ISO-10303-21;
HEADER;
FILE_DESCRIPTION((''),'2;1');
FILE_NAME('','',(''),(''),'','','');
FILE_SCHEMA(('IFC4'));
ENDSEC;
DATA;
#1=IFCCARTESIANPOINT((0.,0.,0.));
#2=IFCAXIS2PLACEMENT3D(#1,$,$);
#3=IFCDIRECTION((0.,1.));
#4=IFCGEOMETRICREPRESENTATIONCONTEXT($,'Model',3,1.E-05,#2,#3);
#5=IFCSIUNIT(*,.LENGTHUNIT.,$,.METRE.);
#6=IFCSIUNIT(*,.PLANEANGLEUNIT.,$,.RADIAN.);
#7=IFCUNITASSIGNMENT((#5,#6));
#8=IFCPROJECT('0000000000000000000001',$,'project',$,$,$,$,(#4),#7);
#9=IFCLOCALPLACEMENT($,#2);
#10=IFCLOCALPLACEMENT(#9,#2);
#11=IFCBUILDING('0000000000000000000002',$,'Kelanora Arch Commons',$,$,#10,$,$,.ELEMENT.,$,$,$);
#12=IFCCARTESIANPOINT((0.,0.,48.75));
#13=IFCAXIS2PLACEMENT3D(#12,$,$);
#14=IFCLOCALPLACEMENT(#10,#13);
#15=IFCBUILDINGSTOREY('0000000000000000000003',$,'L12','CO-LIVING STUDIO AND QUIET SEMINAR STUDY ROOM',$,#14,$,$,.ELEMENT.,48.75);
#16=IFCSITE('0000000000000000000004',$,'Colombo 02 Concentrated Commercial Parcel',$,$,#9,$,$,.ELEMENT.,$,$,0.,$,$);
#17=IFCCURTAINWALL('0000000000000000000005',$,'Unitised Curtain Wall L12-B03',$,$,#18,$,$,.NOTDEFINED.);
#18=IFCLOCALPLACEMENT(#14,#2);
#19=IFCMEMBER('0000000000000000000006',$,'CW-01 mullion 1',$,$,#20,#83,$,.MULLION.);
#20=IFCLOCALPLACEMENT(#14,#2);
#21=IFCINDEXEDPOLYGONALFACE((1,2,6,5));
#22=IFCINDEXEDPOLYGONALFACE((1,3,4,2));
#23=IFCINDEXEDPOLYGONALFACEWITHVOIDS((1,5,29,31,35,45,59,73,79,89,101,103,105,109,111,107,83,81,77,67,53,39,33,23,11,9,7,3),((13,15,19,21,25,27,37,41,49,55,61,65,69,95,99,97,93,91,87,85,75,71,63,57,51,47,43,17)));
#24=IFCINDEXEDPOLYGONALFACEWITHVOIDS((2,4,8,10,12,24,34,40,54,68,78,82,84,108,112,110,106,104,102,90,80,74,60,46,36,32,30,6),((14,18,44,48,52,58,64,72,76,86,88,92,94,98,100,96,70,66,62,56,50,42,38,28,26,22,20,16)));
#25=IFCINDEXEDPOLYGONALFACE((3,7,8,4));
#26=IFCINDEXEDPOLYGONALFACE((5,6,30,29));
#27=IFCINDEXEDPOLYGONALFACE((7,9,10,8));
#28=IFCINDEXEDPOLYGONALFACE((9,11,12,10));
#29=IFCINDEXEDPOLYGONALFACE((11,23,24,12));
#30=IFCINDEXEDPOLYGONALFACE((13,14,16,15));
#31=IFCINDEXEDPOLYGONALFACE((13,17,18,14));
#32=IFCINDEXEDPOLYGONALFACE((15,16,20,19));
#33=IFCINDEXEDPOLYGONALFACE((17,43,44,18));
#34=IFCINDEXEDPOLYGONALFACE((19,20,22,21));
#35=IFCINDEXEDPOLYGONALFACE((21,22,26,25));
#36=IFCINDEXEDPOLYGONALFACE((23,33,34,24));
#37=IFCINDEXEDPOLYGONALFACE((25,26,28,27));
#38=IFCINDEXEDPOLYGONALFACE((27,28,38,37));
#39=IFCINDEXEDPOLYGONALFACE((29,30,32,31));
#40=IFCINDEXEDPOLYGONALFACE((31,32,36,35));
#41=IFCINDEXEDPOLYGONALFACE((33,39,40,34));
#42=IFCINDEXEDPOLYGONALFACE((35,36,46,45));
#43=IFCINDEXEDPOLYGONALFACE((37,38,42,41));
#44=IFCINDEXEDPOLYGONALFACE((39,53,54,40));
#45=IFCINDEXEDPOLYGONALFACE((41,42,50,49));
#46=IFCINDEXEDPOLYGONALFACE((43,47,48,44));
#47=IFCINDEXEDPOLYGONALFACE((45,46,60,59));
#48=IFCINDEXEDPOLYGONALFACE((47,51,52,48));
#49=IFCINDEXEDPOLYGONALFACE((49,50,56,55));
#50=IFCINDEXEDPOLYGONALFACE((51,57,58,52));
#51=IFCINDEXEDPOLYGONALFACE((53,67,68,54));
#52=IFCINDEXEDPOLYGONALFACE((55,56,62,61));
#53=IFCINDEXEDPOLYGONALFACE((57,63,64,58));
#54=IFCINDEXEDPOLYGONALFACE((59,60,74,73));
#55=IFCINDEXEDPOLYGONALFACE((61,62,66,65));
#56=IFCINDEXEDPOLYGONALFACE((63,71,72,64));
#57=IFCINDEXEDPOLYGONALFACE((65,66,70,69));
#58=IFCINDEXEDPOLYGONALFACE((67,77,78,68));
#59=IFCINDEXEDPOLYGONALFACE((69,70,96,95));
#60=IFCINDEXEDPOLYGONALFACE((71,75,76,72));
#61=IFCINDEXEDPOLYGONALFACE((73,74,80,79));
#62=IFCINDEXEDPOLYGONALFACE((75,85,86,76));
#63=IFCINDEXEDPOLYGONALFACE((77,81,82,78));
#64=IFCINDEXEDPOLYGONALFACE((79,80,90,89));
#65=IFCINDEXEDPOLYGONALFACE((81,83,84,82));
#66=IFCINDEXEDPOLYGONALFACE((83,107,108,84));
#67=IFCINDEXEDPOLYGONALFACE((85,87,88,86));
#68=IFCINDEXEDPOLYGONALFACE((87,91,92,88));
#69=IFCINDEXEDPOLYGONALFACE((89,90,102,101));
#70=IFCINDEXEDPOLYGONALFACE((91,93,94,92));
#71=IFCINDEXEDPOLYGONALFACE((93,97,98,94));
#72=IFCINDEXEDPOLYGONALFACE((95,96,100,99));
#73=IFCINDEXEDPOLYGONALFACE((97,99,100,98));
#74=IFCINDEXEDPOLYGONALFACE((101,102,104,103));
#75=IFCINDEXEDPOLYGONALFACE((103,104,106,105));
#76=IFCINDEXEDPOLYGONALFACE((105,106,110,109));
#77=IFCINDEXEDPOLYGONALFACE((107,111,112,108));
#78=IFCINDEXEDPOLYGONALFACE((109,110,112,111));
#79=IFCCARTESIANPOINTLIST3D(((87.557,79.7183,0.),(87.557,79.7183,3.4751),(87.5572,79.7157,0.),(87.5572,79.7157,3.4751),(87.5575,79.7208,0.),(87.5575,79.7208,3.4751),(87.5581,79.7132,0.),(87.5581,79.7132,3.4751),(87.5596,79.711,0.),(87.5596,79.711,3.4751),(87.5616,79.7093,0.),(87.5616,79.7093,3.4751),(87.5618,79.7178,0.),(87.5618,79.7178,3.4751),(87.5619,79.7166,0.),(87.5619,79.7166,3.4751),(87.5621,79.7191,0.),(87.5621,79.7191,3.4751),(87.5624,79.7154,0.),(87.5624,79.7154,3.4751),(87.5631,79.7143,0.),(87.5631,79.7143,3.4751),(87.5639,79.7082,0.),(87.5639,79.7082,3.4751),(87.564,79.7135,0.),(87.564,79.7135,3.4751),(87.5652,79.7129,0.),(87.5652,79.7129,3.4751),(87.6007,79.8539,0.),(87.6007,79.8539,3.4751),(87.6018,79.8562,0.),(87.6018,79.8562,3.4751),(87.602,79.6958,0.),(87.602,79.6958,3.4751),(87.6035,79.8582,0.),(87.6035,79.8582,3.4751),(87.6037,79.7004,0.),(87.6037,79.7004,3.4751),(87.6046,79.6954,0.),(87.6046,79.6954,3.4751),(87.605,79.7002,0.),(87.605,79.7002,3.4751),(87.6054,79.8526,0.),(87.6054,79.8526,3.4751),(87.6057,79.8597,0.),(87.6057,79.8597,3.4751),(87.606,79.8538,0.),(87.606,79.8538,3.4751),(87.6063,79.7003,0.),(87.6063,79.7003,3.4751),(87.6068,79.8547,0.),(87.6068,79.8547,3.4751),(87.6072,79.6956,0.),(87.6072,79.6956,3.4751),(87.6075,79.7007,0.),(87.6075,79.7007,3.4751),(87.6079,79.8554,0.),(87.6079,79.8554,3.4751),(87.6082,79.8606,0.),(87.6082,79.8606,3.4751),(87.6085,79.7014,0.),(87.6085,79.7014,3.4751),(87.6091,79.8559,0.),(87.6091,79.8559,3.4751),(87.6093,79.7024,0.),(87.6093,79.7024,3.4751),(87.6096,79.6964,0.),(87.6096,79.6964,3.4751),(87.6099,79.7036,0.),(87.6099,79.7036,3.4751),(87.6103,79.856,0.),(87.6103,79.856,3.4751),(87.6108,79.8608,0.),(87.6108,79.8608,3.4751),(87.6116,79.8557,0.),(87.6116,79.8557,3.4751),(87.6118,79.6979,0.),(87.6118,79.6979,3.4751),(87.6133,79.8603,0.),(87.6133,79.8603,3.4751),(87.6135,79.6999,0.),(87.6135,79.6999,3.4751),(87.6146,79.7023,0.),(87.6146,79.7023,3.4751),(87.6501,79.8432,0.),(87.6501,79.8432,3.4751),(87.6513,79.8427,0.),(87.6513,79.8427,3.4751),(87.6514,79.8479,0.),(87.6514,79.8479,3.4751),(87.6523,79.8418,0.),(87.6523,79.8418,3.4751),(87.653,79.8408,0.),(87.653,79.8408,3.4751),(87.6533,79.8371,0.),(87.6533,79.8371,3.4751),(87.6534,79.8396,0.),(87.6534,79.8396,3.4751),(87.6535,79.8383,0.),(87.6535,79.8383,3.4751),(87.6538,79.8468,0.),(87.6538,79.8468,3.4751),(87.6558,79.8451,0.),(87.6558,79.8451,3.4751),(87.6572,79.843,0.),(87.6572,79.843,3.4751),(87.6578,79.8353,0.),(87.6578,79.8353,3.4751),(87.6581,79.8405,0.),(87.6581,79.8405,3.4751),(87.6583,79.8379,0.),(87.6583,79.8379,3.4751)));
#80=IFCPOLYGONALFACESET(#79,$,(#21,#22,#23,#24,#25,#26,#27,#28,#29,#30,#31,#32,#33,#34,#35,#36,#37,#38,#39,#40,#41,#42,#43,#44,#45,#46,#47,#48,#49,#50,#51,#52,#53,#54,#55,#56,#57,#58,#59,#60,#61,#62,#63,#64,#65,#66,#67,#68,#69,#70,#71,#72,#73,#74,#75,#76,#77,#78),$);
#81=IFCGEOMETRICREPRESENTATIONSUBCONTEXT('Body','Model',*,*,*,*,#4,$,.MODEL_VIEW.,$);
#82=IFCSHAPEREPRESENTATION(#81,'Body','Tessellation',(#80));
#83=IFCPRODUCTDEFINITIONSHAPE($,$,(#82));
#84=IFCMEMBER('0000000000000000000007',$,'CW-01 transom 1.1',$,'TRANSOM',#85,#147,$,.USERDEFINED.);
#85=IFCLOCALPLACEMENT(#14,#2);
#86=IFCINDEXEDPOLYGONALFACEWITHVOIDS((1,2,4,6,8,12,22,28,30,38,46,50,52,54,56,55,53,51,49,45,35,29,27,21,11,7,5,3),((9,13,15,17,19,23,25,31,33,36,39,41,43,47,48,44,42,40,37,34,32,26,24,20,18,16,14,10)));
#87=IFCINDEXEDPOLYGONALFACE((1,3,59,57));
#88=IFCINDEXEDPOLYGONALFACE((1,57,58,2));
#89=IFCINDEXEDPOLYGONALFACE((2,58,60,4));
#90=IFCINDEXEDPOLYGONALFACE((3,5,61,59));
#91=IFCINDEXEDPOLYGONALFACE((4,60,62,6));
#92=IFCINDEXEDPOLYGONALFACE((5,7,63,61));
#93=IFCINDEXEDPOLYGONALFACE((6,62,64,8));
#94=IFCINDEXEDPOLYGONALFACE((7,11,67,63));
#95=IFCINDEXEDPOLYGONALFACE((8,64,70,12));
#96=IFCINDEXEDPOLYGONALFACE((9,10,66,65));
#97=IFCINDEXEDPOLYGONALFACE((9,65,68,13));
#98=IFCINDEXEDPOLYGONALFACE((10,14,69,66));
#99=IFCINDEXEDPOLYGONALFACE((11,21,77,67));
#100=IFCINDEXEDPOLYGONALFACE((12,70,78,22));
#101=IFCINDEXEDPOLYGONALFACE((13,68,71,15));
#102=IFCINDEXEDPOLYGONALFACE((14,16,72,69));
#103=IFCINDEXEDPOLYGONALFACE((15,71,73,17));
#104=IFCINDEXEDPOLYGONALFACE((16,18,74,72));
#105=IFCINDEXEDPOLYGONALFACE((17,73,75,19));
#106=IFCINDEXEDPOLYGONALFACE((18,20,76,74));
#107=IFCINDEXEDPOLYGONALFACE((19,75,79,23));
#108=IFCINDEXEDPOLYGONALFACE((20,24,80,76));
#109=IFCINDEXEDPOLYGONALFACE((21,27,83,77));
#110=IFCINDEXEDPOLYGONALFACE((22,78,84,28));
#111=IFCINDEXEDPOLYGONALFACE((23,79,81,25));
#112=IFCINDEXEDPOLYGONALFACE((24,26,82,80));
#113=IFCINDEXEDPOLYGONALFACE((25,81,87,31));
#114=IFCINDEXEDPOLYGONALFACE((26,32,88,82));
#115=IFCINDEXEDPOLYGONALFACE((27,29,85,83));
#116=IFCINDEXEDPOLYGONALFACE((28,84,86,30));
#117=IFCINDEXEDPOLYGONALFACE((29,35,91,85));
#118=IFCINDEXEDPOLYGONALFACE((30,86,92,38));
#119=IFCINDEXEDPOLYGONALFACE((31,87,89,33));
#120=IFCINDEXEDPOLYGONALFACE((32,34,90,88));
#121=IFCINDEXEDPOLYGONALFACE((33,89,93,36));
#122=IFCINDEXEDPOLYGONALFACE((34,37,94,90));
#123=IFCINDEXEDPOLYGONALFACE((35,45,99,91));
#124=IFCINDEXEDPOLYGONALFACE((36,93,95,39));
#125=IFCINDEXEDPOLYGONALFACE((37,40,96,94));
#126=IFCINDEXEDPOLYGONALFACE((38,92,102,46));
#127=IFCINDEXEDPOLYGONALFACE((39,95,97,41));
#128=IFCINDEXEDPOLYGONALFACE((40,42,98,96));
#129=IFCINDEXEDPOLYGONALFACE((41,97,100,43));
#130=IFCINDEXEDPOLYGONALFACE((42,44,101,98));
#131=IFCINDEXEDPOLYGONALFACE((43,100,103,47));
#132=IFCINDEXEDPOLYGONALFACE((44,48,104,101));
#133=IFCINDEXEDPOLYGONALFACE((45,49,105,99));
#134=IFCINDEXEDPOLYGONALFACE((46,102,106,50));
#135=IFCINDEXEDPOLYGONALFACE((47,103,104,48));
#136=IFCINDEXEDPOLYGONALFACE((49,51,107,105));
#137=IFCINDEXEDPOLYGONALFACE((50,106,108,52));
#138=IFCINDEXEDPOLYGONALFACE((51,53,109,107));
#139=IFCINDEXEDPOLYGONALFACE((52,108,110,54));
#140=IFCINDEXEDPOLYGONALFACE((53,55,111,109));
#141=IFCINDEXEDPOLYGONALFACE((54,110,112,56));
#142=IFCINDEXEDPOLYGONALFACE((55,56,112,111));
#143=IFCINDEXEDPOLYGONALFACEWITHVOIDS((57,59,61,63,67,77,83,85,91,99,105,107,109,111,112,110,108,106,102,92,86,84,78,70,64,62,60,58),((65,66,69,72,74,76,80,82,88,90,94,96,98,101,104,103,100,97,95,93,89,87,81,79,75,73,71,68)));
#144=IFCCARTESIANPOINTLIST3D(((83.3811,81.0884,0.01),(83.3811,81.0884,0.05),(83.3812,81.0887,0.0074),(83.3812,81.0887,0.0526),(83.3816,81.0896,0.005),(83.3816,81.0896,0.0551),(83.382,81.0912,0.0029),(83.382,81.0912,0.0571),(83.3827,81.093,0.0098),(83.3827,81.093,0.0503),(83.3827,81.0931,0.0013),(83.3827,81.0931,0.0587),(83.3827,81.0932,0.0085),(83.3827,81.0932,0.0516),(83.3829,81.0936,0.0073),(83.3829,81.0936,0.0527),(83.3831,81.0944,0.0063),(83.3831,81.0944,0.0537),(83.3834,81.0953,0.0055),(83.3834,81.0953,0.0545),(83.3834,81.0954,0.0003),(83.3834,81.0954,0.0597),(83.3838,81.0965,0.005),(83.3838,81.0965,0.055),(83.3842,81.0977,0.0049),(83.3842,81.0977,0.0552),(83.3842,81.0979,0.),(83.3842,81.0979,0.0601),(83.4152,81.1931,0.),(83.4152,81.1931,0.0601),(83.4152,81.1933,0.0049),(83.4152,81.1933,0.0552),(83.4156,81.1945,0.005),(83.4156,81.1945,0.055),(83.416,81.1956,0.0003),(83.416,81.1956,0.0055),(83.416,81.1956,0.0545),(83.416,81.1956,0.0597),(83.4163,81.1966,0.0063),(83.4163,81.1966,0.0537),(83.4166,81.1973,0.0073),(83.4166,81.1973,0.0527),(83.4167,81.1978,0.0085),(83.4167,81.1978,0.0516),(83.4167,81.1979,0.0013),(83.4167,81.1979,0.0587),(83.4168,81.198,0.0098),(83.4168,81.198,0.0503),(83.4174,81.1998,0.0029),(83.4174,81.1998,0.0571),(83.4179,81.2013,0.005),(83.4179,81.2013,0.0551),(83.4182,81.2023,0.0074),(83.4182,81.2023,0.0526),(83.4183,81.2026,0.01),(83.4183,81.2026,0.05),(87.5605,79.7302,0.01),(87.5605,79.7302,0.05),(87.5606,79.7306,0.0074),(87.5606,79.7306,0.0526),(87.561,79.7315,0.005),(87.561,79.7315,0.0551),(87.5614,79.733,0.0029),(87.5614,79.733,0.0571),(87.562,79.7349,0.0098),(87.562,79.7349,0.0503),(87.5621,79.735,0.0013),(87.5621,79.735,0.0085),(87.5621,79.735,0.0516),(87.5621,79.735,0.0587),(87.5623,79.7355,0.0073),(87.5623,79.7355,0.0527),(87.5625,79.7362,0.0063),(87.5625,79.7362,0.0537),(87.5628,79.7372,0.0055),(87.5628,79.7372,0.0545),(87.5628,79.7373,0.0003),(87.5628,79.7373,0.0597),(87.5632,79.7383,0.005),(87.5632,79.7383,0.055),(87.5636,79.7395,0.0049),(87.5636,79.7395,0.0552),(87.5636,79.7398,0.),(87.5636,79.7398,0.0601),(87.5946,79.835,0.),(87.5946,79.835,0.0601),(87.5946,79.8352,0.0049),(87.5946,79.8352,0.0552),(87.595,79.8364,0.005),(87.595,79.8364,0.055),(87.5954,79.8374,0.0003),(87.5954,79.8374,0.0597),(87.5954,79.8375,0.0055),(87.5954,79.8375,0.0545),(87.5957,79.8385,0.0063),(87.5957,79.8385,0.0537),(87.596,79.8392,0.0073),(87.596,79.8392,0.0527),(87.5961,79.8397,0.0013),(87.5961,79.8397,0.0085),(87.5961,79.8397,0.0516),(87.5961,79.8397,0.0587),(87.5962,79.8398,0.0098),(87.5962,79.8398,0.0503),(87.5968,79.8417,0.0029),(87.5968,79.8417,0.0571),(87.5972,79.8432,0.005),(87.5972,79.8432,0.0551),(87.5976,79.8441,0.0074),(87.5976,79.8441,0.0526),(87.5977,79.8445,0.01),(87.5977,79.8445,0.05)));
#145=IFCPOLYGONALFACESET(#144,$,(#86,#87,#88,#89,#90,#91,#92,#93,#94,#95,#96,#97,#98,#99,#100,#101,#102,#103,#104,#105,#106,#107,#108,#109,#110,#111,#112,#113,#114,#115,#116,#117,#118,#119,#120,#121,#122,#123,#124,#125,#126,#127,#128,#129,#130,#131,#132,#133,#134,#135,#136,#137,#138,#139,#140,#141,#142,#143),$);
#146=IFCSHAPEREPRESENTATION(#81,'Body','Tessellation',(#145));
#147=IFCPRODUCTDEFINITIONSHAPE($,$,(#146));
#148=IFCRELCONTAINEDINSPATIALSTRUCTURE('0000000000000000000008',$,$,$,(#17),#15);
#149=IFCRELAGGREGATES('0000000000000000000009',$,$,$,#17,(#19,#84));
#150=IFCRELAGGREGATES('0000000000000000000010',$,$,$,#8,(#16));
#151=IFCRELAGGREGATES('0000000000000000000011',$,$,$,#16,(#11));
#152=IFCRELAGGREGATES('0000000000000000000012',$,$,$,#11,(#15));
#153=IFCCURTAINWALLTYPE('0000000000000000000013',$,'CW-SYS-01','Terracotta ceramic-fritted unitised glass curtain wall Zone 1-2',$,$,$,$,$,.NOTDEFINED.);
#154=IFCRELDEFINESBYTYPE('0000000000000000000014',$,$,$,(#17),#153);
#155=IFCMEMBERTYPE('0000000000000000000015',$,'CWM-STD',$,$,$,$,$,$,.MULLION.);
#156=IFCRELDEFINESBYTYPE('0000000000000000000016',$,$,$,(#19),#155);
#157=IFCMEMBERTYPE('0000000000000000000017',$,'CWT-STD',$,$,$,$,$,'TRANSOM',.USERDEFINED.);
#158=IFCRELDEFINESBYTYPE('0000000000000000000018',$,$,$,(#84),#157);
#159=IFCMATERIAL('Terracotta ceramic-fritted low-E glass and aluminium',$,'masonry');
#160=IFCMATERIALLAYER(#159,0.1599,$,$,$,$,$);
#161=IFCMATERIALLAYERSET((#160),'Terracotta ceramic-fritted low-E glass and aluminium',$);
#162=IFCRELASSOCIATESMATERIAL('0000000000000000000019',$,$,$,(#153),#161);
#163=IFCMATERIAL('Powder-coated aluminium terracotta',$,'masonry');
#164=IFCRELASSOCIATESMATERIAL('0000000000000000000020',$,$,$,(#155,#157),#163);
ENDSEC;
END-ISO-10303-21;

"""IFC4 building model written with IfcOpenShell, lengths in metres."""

from ifc_helpers import new_model, si_unit, direction, frame, origin, origin_2d, place, context, subcontext, project, spatial, hollow_rectangle, extrude, material, layer, layer_set, material_profile, profile_set, type_object, element, aggregate, save


model = new_model("IFC4")

# Units and contexts
model_context = context("Model", 3, precision=1e-05, world=origin(), true_north=direction((0.0, 1.0)))
body_context = subcontext(model_context, "Body", "Model", "MODEL_VIEW")
ifc_project = project(units=[si_unit("LENGTHUNIT", "METRE"), si_unit("PLANEANGLEUNIT", "RADIAN")], contexts=[model_context])

# Site, building, storey
site_placement = place(None, origin())
site = spatial("IfcSite", under=ifc_project, at=site_placement, Name="Colombo 02 Concentrated Commercial Parcel", CompositionType="ELEMENT", RefElevation=0.0)
building_placement = place(site_placement, origin())
building = spatial("IfcBuilding", under=site, at=building_placement, Name="Kelanora Arch Commons", CompositionType="ELEMENT")
storey_placement = place(building_placement, frame((0.0, 0.0, 48.75)))
storey = spatial("IfcBuildingStorey", under=building, at=storey_placement, Name="L12", Description="CO-LIVING STUDIO AND QUIET SEMINAR STUDY ROOM", CompositionType="ELEMENT", Elevation=48.75)

# Shared definitions
ifc_material_1 = material(Name="Terracotta ceramic-fritted low-E glass and aluminium", Category="masonry")
ifc_layer_1 = layer(ifc_material_1, 0.1599)
ifc_layer_set_1 = layer_set([ifc_layer_1], Name="Terracotta ceramic-fritted low-E glass and aluminium")
curtain_wall_type = type_object("IfcCurtainWallType", Name="CW-SYS-01", Description="Terracotta ceramic-fritted unitised glass curtain wall Zone 1-2", PredefinedType="NOTDEFINED", material=ifc_layer_set_1)
ifc_material_2 = material(Name="Powder-coated aluminium terracotta", Category="masonry")
ifc_material_profile_1 = material_profile(ifc_material_2, hollow_rectangle(XDim=0.1599, YDim=0.0601, WallThickness=0.0049, InnerFilletRadius=0.0049, OuterFilletRadius=0.01, at=origin_2d()), Name="CWM160x60")
ifc_profile_set_1 = profile_set([ifc_material_profile_1], Name="Powder-coated aluminium terracotta")
member_type_1 = type_object("IfcMemberType", Name="CWM-STD", PredefinedType="MULLION", material=ifc_profile_set_1)

# Curtain wall, members
curtain_wall_1_placement = place(storey_placement, origin())
curtain_wall_1 = element("IfcCurtainWall", 1, at=curtain_wall_1_placement, inside=storey, type_object=curtain_wall_type, Name="Unitised Curtain Wall L12-B03", PredefinedType="NOTDEFINED")
member_1_placement = place(storey_placement, frame((87.6077, 79.7781, 0.0), z_axis=(0.0, 0.0, 1.0), x_axis=(-0.309058, -0.951043, 0.0)))
member_1 = element("IfcMember", 2, at=member_1_placement, type_object=member_type_1, Name="CW-01 mullion 1", PredefinedType="MULLION", context=body_context, shape_type="SweptSolid", body=[
    extrude(hollow_rectangle(XDim=0.1599, YDim=0.0601, WallThickness=0.0049, InnerFilletRadius=0.0049, OuterFilletRadius=0.01, at=origin_2d()), origin(), (0.0, 0.0, 1.0), 3.4751),
])
ifc_material_profile_2 = material_profile(ifc_material_2, hollow_rectangle(XDim=0.1201, YDim=0.0601, WallThickness=0.0049, InnerFilletRadius=0.0049, OuterFilletRadius=0.01, at=origin_2d()), Name="CWT120x60")
ifc_profile_set_2 = profile_set([ifc_material_profile_2], Name="Powder-coated aluminium terracotta")
member_type_2 = type_object("IfcMemberType", Name="CWT-STD", ElementType="TRANSOM", PredefinedType="USERDEFINED", material=ifc_profile_set_2)
member_2_placement = place(storey_placement, frame((87.5791, 79.7874, 0.03), z_axis=(-0.951045, 0.309052, 0.0), x_axis=(-0.309052, -0.951045, 0.0)))
member_2 = element("IfcMember", 3, at=member_2_placement, type_object=member_type_2, Name="CW-01 transom 1.1", ObjectType="TRANSOM", PredefinedType="USERDEFINED", context=body_context, shape_type="SweptSolid", body=[
    extrude(hollow_rectangle(XDim=0.1201, YDim=0.0601, WallThickness=0.0049, InnerFilletRadius=0.0049, OuterFilletRadius=0.01, at=origin_2d()), origin(), (0.0, 0.0, 1.0), 4.3945),
])
aggregate(curtain_wall_1, [member_1, member_2])

save(model, "model.ifc")
